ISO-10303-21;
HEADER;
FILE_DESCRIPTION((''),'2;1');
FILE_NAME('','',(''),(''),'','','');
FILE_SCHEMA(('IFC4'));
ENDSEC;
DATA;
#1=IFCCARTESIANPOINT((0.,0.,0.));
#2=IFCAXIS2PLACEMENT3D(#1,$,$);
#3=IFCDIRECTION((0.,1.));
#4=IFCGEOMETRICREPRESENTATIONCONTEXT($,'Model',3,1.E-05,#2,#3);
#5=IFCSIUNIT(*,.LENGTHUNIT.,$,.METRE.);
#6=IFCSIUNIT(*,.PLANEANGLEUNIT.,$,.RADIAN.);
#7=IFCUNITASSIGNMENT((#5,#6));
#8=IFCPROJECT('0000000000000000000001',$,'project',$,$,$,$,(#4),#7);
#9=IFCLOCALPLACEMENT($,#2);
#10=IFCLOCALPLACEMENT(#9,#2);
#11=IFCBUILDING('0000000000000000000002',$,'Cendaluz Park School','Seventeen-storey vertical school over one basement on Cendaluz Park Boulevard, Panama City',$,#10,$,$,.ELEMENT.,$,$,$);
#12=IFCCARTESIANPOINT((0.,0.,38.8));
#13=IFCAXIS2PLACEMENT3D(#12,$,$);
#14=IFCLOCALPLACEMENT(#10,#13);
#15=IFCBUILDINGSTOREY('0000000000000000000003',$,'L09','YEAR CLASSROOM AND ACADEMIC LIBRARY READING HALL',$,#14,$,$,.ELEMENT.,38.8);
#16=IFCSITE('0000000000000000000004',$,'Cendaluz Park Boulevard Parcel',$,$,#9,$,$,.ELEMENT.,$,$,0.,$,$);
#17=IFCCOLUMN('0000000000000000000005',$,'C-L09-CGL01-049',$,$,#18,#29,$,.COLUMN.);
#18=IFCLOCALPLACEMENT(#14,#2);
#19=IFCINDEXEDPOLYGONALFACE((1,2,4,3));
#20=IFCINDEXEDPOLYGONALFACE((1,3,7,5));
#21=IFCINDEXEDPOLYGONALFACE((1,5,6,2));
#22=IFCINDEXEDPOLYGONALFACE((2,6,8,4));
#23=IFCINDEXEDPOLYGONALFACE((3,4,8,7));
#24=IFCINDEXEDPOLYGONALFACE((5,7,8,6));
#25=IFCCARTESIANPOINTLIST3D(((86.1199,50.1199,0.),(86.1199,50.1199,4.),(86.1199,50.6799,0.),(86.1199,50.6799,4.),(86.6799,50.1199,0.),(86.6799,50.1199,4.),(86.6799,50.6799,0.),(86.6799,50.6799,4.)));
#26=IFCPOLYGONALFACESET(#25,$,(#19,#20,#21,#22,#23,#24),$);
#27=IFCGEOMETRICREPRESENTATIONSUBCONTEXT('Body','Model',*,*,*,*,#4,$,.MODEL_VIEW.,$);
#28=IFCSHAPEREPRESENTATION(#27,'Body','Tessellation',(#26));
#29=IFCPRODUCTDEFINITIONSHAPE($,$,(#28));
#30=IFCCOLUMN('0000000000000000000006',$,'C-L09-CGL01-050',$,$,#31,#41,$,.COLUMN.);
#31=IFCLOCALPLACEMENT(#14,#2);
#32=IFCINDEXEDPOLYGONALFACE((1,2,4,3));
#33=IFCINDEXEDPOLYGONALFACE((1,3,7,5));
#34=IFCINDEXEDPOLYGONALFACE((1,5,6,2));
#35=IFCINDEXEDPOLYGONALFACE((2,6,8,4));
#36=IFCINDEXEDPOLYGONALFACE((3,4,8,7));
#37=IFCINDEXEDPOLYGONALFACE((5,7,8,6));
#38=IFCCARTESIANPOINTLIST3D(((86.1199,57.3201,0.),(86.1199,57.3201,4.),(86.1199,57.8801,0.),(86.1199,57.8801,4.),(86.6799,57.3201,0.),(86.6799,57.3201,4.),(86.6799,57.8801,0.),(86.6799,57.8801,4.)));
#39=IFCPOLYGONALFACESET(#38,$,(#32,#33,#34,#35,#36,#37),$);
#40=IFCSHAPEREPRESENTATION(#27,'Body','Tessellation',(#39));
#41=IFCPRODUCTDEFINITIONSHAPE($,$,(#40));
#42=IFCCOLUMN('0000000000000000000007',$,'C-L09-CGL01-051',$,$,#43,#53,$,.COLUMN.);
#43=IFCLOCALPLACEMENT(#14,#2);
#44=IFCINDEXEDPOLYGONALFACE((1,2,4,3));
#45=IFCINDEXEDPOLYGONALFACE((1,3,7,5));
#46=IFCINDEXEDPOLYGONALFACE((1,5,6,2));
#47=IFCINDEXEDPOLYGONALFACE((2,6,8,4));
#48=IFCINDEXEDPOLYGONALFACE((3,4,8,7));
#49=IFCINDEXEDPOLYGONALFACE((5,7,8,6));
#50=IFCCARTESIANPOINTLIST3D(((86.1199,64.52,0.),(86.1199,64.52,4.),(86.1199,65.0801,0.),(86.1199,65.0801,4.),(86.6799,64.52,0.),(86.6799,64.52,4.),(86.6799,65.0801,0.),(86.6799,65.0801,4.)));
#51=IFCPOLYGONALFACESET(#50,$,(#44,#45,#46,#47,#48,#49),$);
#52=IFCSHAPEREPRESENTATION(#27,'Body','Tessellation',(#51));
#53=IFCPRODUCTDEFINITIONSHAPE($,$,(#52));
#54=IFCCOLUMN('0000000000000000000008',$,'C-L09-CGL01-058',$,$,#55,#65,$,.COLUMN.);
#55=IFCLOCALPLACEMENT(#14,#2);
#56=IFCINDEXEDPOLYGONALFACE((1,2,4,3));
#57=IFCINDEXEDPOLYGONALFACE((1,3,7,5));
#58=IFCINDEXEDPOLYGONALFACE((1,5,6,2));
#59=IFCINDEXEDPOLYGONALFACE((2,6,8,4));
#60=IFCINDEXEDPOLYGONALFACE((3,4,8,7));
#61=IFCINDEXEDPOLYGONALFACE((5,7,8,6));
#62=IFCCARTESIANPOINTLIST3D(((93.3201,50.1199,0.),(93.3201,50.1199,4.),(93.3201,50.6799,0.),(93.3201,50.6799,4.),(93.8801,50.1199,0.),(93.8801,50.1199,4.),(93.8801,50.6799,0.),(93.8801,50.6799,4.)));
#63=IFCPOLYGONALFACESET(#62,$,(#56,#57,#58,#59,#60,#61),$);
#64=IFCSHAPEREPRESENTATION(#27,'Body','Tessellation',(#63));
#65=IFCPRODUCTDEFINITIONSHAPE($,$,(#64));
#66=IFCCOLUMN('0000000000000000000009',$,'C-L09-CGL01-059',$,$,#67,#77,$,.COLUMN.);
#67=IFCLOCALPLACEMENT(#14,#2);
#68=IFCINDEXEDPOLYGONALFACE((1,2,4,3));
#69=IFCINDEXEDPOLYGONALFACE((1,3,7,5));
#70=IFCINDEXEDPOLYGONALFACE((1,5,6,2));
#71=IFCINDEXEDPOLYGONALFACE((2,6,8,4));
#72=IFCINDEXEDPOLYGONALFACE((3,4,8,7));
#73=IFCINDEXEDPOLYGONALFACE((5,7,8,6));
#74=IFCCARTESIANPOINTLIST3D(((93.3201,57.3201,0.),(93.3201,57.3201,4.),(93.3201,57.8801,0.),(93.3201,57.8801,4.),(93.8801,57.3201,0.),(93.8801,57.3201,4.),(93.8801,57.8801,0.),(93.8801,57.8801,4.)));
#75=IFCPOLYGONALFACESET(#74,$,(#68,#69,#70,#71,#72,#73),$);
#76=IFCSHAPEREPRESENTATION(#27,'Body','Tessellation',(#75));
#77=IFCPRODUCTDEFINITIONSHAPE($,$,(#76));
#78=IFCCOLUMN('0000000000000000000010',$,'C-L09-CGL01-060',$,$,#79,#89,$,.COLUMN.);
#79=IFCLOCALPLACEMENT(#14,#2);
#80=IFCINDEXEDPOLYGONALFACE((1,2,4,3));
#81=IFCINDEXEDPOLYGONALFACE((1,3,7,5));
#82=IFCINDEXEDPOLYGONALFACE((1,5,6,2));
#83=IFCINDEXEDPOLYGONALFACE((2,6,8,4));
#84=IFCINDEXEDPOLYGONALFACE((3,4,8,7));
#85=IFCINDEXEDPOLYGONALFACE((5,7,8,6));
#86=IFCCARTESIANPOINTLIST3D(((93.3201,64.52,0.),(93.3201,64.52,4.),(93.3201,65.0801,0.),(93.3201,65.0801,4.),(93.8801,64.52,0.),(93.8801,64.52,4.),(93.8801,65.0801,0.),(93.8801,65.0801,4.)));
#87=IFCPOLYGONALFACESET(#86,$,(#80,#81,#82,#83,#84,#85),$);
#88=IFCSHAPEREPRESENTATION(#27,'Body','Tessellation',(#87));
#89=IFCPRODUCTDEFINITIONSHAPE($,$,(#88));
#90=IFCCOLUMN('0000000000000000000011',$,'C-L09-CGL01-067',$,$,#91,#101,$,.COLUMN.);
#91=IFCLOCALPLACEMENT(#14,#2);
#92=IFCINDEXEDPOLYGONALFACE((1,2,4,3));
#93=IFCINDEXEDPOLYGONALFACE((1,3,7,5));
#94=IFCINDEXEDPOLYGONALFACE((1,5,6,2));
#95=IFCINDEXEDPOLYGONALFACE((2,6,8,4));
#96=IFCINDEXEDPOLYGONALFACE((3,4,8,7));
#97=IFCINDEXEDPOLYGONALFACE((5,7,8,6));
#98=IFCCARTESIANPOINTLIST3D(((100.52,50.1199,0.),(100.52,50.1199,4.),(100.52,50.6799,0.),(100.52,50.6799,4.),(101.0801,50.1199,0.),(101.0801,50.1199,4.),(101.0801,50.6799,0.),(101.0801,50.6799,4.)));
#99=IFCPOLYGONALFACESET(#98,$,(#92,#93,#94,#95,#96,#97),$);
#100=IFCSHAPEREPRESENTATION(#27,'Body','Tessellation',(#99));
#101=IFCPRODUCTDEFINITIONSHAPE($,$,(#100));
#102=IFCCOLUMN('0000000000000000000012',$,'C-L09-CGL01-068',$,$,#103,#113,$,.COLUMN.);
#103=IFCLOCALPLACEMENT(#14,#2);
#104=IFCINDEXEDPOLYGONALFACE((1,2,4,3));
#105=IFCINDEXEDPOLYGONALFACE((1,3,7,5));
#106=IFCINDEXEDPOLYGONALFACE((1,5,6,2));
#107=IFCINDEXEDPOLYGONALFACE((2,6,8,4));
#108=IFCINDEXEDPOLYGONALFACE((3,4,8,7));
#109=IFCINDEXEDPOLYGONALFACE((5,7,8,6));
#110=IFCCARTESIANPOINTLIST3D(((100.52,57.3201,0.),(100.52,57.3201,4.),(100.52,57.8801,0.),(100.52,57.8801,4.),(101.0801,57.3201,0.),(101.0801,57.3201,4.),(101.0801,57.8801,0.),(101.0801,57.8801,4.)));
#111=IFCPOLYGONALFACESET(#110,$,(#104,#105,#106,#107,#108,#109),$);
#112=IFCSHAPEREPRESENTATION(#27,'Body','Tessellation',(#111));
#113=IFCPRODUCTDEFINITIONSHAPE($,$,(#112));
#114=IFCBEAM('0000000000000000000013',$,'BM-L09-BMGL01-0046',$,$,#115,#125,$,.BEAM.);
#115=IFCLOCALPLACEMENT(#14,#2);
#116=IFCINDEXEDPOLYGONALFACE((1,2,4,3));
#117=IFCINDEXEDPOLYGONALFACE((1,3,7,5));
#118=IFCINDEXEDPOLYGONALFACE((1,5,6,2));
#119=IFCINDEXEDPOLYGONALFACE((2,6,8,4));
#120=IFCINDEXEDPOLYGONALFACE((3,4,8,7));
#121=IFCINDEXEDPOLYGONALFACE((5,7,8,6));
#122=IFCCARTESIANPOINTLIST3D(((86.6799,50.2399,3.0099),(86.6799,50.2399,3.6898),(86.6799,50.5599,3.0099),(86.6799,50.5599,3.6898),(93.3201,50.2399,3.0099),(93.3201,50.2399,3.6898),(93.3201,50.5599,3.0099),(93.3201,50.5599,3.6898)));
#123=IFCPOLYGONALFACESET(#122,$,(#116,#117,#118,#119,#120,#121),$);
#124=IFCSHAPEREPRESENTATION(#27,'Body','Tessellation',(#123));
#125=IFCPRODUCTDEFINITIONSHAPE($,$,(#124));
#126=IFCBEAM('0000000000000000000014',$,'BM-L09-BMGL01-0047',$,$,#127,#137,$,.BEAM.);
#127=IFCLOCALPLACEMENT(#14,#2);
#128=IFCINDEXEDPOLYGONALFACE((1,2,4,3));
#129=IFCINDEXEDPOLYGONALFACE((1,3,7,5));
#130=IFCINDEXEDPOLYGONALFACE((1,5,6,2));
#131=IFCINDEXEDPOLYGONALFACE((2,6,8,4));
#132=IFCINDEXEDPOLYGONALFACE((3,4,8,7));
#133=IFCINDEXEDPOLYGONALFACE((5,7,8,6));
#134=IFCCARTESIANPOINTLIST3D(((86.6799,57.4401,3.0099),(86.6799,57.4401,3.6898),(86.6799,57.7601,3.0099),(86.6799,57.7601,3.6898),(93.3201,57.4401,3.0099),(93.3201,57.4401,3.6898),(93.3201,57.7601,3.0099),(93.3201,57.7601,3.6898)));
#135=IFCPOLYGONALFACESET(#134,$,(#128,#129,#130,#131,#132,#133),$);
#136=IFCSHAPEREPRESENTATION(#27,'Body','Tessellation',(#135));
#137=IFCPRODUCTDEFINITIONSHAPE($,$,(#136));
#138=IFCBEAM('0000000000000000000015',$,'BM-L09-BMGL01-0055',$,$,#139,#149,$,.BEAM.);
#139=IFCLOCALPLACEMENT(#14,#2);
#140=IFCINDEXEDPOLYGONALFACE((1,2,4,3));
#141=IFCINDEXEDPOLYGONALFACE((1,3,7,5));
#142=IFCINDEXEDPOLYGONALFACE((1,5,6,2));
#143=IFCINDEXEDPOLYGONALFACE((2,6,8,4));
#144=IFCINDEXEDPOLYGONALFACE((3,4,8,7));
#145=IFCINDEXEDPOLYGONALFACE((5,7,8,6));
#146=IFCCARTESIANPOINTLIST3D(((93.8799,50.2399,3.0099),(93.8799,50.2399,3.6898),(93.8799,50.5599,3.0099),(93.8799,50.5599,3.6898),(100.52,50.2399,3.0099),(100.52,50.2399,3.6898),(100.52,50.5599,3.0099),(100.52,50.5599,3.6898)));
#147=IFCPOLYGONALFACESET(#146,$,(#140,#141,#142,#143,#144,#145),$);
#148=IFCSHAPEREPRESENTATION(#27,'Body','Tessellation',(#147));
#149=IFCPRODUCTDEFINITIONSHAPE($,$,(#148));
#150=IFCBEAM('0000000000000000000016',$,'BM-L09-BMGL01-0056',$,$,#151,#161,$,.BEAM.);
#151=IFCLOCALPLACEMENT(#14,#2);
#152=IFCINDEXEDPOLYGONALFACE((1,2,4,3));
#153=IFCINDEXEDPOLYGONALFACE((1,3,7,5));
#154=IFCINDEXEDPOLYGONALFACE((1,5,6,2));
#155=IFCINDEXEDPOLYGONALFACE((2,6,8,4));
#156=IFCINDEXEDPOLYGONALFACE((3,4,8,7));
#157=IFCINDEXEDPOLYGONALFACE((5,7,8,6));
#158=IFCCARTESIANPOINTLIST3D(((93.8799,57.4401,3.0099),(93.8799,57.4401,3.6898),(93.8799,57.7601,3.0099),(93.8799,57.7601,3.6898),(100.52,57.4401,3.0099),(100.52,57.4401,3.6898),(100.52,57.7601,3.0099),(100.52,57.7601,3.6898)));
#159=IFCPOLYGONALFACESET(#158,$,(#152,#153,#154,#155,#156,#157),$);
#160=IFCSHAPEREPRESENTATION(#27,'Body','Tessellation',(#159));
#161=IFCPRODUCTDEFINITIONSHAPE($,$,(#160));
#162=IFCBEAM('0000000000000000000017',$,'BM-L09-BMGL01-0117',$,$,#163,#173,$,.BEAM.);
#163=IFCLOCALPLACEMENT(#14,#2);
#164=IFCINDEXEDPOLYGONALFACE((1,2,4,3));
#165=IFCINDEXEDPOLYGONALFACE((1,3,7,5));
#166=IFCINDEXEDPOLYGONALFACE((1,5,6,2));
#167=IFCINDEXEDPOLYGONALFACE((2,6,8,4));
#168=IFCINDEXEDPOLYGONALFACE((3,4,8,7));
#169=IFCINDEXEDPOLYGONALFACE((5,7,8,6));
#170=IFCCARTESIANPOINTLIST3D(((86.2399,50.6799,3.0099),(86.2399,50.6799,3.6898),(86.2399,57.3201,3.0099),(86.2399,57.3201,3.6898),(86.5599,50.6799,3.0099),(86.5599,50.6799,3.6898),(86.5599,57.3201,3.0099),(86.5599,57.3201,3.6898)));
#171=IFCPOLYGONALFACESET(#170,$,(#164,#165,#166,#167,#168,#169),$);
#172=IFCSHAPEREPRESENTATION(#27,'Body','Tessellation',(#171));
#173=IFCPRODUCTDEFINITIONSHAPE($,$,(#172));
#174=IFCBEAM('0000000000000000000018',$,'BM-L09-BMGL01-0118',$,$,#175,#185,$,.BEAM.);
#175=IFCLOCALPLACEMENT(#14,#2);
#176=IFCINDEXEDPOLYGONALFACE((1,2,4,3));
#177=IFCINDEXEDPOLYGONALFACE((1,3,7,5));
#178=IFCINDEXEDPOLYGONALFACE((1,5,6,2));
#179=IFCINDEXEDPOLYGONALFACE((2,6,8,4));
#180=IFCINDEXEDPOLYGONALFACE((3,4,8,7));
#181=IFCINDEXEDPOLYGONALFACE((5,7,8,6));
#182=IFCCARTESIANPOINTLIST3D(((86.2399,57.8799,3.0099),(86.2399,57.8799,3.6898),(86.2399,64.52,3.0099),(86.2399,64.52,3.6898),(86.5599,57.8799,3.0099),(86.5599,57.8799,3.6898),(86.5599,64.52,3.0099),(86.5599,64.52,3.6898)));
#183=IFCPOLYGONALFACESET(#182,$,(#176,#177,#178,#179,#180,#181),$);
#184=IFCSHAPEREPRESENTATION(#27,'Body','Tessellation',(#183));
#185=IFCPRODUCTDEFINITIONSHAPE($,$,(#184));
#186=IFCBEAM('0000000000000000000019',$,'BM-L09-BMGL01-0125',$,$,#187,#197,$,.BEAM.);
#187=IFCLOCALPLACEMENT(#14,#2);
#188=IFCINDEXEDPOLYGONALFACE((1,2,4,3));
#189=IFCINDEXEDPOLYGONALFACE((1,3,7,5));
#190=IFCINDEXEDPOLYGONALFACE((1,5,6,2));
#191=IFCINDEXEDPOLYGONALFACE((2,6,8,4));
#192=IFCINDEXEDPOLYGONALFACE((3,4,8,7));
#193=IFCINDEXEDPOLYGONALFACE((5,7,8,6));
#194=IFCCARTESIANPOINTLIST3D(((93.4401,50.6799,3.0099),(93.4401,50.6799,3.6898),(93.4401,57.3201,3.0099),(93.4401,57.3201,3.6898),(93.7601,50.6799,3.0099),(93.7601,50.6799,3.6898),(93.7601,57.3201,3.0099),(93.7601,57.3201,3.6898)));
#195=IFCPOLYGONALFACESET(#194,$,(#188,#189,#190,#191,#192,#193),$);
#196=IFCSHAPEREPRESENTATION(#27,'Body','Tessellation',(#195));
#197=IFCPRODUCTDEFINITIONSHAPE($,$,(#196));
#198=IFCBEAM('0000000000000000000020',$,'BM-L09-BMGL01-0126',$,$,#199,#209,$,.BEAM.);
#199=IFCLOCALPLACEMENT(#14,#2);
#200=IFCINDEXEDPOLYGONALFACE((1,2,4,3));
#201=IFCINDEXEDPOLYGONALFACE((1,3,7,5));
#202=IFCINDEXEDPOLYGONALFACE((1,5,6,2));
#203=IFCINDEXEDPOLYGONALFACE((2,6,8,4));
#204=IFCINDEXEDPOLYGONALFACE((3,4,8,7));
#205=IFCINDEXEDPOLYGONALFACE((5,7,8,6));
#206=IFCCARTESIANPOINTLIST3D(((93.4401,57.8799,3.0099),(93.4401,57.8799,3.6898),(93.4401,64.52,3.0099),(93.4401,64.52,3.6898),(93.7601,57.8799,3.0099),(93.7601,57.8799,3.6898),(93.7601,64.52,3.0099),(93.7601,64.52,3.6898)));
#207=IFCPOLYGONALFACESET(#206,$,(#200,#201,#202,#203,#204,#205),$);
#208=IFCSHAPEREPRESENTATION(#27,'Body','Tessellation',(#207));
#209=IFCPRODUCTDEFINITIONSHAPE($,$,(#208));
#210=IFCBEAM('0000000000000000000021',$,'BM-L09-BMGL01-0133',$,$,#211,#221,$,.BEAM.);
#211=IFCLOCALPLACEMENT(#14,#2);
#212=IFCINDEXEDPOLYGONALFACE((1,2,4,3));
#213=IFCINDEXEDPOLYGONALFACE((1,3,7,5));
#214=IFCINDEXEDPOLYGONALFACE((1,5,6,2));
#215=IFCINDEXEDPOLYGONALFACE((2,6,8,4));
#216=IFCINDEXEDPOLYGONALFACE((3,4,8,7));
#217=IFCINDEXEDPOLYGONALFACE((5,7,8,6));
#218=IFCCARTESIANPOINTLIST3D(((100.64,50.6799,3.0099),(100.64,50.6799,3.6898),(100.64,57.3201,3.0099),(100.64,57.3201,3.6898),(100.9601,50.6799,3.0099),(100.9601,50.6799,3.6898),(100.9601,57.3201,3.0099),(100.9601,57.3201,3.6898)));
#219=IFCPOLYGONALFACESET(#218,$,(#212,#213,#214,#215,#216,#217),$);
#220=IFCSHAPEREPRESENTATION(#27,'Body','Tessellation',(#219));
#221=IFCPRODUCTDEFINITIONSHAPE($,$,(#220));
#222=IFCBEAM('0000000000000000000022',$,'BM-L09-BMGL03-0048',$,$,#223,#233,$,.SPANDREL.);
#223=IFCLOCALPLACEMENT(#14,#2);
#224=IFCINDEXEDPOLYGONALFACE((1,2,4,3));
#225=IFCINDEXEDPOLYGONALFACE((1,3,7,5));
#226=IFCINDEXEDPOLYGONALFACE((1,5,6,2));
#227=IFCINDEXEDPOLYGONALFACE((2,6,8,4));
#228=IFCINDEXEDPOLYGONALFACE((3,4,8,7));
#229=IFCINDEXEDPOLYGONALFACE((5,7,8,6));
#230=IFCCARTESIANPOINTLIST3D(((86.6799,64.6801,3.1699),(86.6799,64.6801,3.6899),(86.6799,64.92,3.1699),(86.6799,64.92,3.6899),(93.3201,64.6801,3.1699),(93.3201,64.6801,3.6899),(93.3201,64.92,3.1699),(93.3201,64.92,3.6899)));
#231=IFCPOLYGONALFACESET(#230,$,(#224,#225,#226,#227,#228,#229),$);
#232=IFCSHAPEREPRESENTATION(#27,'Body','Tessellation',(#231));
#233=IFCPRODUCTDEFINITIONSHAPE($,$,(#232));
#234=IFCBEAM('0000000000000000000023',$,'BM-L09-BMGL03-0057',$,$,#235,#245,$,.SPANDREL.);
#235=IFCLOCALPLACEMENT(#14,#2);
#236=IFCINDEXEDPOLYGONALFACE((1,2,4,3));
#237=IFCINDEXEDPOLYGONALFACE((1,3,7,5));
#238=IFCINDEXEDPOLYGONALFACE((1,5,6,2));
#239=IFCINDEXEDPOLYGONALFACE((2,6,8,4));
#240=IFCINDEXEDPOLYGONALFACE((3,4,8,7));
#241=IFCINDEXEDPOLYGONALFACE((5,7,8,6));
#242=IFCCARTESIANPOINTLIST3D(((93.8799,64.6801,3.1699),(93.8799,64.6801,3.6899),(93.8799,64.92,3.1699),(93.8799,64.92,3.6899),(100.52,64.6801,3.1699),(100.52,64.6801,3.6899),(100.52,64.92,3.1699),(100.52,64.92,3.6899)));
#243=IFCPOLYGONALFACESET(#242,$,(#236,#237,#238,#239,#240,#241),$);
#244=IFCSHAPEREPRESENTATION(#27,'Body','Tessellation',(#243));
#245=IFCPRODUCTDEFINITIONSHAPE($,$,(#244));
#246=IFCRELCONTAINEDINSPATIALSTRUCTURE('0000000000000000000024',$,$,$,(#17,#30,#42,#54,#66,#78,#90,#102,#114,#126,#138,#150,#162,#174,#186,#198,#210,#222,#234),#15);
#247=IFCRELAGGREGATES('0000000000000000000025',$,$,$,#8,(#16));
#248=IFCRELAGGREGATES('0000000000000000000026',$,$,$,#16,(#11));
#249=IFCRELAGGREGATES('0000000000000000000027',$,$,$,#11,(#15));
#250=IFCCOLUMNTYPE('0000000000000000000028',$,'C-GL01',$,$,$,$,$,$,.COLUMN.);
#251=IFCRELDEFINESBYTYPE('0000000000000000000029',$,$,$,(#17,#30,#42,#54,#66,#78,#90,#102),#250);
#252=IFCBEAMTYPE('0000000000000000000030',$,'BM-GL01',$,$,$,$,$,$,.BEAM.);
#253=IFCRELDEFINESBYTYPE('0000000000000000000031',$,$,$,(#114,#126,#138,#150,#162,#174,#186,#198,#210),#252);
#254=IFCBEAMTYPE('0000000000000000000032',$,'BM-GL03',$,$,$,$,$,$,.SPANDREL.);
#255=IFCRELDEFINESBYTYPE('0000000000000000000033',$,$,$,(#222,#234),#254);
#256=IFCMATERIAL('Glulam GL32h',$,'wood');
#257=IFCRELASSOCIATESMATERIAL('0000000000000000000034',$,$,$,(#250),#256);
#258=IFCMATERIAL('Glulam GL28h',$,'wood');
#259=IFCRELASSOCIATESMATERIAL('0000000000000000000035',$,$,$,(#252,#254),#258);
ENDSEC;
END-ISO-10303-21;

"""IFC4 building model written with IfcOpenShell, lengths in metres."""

from ifc_helpers import new_model, si_unit, direction, frame, origin, origin_2d, place, context, subcontext, project, spatial, rectangle, extrude, material, material_profile, profile_set, type_object, element, save


model = new_model("IFC4")

# Units and contexts
model_context = context("Model", 3, precision=1e-05, world=origin(), true_north=direction((0.0, 1.0)))
body_context = subcontext(model_context, "Body", "Model", "MODEL_VIEW")
ifc_project = project(units=[si_unit("LENGTHUNIT", "METRE"), si_unit("PLANEANGLEUNIT", "RADIAN")], contexts=[model_context])

# Site, building, storey
site_placement = place(None, origin())
site = spatial("IfcSite", under=ifc_project, at=site_placement, Name="Cendaluz Park Boulevard Parcel", CompositionType="ELEMENT", RefElevation=0.0)
building_placement = place(site_placement, origin())
building = spatial("IfcBuilding", under=site, at=building_placement, Name="Cendaluz Park School", Description="Seventeen-storey vertical school over one basement on Cendaluz Park Boulevard, Panama City", CompositionType="ELEMENT")
storey_placement = place(building_placement, frame((0.0, 0.0, 38.8)))
storey = spatial("IfcBuildingStorey", under=building, at=storey_placement, Name="L09", Description="YEAR CLASSROOM AND ACADEMIC LIBRARY READING HALL", CompositionType="ELEMENT", Elevation=38.8)

# Columns
ifc_material_1 = material(Name="Glulam GL32h", Category="wood")
ifc_material_profile_1 = material_profile(ifc_material_1, rectangle(XDim=0.5601, YDim=0.5601, at=origin_2d()), Name="GL32h 560x560", Category="wood")
ifc_profile_set_1 = profile_set([ifc_material_profile_1], Name="Glulam GL32h")
column_type = type_object("IfcColumnType", Name="C-GL01", PredefinedType="COLUMN", material=ifc_profile_set_1)
for number, where, z_axis, x_axis, name in (
    (1, (86.3999, 50.3999, 0.0), (0.0, 0.0, 1.0), (1.0, 0.0, 0.0), "C-L09-CGL01-049"),
    (2, (86.3999, 57.6001, 0.0), (0.0, 0.0, 1.0), (1.0, 0.0, 0.0), "C-L09-CGL01-050"),
    (3, (86.3999, 64.8, 0.0), (0.0, 0.0, 1.0), (1.0, 0.0, 0.0), "C-L09-CGL01-051"),
    (4, (93.6001, 50.3999, 0.0), (0.0, 0.0, 1.0), (1.0, 0.0, 0.0), "C-L09-CGL01-058"),
    (5, (93.6001, 57.6001, 0.0), (0.0, 0.0, 1.0), (1.0, 0.0, 0.0), "C-L09-CGL01-059"),
    (6, (93.6001, 64.8, 0.0), (0.0, 0.0, 1.0), (1.0, 0.0, 0.0), "C-L09-CGL01-060"),
    (7, (100.8, 50.3999, 0.0), (0.0, 0.0, 1.0), (1.0, 0.0, 0.0), "C-L09-CGL01-067"),
    (8, (100.8, 57.6001, 0.0), (0.0, 0.0, 1.0), (1.0, 0.0, 0.0), "C-L09-CGL01-068"),
):
    element("IfcColumn", number, at=place(storey_placement, frame(where, z_axis=z_axis, x_axis=x_axis)), inside=storey, type_object=column_type, Name=name, PredefinedType="COLUMN", context=body_context, shape_type="SweptSolid", body=[
        extrude(rectangle(XDim=0.5601, YDim=0.5601, at=origin_2d()), origin(), (0.0, 0.0, 1.0), 4.0),
    ])

# Beams
ifc_material_2 = material(Name="Glulam GL28h", Category="wood")
ifc_material_profile_2 = material_profile(ifc_material_2, rectangle(XDim=0.3201, YDim=0.6799, at=origin_2d()), Name="GL28h 320x680", Category="wood")
ifc_profile_set_2 = profile_set([ifc_material_profile_2], Name="Glulam GL28h")
beam_type_1 = type_object("IfcBeamType", Name="BM-GL01", PredefinedType="BEAM", material=ifc_profile_set_2)
for number, where, z_axis, x_axis, name in (
    (9, (86.6799, 50.3999, 3.3499), (1.0, 0.0, 0.0), (0.0, 1.0, 0.0), "BM-L09-BMGL01-0046"),
    (10, (86.6799, 57.6001, 3.3499), (1.0, 0.0, 0.0), (0.0, 1.0, 0.0), "BM-L09-BMGL01-0047"),
    (11, (93.8799, 50.3999, 3.3499), (1.0, 0.0, 0.0), (0.0, 1.0, 0.0), "BM-L09-BMGL01-0055"),
    (12, (93.8799, 57.6001, 3.3499), (1.0, 0.0, 0.0), (0.0, 1.0, 0.0), "BM-L09-BMGL01-0056"),
    (13, (86.3999, 50.6799, 3.3499), (0.0, 1.0, 0.0), (-1.0, 0.0, 0.0), "BM-L09-BMGL01-0117"),
    (14, (86.3999, 57.8799, 3.3499), (0.0, 1.0, 0.0), (-1.0, 0.0, 0.0), "BM-L09-BMGL01-0118"),
    (15, (93.6001, 50.6799, 3.3499), (0.0, 1.0, 0.0), (-1.0, 0.0, 0.0), "BM-L09-BMGL01-0125"),
    (16, (93.6001, 57.8799, 3.3499), (0.0, 1.0, 0.0), (-1.0, 0.0, 0.0), "BM-L09-BMGL01-0126"),
    (17, (100.8, 50.6799, 3.3499), (0.0, 1.0, 0.0), (-1.0, 0.0, 0.0), "BM-L09-BMGL01-0133"),
):
    element("IfcBeam", number, at=place(storey_placement, frame(where, z_axis=z_axis, x_axis=x_axis)), inside=storey, type_object=beam_type_1, Name=name, PredefinedType="BEAM", context=body_context, shape_type="SweptSolid", body=[
        extrude(rectangle(XDim=0.3201, YDim=0.6799, at=origin_2d()), origin(), (0.0, 0.0, 1.0), 6.6401),
    ])
ifc_material_profile_3 = material_profile(ifc_material_2, rectangle(XDim=0.24, YDim=0.52, at=origin_2d()), Name="GL28h 240x520", Category="wood")
ifc_profile_set_3 = profile_set([ifc_material_profile_3], Name="Glulam GL28h")
beam_type_2 = type_object("IfcBeamType", Name="BM-GL03", PredefinedType="SPANDREL", material=ifc_profile_set_3)
for number, where, z_axis, x_axis, name in (
    (18, (86.6799, 64.8, 3.4299), (1.0, 0.0, 0.0), (0.0, 1.0, 0.0), "BM-L09-BMGL03-0048"),
    (19, (93.8799, 64.8, 3.4299), (1.0, 0.0, 0.0), (0.0, 1.0, 0.0), "BM-L09-BMGL03-0057"),
):
    element("IfcBeam", number, at=place(storey_placement, frame(where, z_axis=z_axis, x_axis=x_axis)), inside=storey, type_object=beam_type_2, Name=name, PredefinedType="SPANDREL", context=body_context, shape_type="SweptSolid", body=[
        extrude(rectangle(XDim=0.24, YDim=0.52, at=origin_2d()), origin(), (0.0, 0.0, 1.0), 6.6401),
    ])

save(model, "model.ifc")
